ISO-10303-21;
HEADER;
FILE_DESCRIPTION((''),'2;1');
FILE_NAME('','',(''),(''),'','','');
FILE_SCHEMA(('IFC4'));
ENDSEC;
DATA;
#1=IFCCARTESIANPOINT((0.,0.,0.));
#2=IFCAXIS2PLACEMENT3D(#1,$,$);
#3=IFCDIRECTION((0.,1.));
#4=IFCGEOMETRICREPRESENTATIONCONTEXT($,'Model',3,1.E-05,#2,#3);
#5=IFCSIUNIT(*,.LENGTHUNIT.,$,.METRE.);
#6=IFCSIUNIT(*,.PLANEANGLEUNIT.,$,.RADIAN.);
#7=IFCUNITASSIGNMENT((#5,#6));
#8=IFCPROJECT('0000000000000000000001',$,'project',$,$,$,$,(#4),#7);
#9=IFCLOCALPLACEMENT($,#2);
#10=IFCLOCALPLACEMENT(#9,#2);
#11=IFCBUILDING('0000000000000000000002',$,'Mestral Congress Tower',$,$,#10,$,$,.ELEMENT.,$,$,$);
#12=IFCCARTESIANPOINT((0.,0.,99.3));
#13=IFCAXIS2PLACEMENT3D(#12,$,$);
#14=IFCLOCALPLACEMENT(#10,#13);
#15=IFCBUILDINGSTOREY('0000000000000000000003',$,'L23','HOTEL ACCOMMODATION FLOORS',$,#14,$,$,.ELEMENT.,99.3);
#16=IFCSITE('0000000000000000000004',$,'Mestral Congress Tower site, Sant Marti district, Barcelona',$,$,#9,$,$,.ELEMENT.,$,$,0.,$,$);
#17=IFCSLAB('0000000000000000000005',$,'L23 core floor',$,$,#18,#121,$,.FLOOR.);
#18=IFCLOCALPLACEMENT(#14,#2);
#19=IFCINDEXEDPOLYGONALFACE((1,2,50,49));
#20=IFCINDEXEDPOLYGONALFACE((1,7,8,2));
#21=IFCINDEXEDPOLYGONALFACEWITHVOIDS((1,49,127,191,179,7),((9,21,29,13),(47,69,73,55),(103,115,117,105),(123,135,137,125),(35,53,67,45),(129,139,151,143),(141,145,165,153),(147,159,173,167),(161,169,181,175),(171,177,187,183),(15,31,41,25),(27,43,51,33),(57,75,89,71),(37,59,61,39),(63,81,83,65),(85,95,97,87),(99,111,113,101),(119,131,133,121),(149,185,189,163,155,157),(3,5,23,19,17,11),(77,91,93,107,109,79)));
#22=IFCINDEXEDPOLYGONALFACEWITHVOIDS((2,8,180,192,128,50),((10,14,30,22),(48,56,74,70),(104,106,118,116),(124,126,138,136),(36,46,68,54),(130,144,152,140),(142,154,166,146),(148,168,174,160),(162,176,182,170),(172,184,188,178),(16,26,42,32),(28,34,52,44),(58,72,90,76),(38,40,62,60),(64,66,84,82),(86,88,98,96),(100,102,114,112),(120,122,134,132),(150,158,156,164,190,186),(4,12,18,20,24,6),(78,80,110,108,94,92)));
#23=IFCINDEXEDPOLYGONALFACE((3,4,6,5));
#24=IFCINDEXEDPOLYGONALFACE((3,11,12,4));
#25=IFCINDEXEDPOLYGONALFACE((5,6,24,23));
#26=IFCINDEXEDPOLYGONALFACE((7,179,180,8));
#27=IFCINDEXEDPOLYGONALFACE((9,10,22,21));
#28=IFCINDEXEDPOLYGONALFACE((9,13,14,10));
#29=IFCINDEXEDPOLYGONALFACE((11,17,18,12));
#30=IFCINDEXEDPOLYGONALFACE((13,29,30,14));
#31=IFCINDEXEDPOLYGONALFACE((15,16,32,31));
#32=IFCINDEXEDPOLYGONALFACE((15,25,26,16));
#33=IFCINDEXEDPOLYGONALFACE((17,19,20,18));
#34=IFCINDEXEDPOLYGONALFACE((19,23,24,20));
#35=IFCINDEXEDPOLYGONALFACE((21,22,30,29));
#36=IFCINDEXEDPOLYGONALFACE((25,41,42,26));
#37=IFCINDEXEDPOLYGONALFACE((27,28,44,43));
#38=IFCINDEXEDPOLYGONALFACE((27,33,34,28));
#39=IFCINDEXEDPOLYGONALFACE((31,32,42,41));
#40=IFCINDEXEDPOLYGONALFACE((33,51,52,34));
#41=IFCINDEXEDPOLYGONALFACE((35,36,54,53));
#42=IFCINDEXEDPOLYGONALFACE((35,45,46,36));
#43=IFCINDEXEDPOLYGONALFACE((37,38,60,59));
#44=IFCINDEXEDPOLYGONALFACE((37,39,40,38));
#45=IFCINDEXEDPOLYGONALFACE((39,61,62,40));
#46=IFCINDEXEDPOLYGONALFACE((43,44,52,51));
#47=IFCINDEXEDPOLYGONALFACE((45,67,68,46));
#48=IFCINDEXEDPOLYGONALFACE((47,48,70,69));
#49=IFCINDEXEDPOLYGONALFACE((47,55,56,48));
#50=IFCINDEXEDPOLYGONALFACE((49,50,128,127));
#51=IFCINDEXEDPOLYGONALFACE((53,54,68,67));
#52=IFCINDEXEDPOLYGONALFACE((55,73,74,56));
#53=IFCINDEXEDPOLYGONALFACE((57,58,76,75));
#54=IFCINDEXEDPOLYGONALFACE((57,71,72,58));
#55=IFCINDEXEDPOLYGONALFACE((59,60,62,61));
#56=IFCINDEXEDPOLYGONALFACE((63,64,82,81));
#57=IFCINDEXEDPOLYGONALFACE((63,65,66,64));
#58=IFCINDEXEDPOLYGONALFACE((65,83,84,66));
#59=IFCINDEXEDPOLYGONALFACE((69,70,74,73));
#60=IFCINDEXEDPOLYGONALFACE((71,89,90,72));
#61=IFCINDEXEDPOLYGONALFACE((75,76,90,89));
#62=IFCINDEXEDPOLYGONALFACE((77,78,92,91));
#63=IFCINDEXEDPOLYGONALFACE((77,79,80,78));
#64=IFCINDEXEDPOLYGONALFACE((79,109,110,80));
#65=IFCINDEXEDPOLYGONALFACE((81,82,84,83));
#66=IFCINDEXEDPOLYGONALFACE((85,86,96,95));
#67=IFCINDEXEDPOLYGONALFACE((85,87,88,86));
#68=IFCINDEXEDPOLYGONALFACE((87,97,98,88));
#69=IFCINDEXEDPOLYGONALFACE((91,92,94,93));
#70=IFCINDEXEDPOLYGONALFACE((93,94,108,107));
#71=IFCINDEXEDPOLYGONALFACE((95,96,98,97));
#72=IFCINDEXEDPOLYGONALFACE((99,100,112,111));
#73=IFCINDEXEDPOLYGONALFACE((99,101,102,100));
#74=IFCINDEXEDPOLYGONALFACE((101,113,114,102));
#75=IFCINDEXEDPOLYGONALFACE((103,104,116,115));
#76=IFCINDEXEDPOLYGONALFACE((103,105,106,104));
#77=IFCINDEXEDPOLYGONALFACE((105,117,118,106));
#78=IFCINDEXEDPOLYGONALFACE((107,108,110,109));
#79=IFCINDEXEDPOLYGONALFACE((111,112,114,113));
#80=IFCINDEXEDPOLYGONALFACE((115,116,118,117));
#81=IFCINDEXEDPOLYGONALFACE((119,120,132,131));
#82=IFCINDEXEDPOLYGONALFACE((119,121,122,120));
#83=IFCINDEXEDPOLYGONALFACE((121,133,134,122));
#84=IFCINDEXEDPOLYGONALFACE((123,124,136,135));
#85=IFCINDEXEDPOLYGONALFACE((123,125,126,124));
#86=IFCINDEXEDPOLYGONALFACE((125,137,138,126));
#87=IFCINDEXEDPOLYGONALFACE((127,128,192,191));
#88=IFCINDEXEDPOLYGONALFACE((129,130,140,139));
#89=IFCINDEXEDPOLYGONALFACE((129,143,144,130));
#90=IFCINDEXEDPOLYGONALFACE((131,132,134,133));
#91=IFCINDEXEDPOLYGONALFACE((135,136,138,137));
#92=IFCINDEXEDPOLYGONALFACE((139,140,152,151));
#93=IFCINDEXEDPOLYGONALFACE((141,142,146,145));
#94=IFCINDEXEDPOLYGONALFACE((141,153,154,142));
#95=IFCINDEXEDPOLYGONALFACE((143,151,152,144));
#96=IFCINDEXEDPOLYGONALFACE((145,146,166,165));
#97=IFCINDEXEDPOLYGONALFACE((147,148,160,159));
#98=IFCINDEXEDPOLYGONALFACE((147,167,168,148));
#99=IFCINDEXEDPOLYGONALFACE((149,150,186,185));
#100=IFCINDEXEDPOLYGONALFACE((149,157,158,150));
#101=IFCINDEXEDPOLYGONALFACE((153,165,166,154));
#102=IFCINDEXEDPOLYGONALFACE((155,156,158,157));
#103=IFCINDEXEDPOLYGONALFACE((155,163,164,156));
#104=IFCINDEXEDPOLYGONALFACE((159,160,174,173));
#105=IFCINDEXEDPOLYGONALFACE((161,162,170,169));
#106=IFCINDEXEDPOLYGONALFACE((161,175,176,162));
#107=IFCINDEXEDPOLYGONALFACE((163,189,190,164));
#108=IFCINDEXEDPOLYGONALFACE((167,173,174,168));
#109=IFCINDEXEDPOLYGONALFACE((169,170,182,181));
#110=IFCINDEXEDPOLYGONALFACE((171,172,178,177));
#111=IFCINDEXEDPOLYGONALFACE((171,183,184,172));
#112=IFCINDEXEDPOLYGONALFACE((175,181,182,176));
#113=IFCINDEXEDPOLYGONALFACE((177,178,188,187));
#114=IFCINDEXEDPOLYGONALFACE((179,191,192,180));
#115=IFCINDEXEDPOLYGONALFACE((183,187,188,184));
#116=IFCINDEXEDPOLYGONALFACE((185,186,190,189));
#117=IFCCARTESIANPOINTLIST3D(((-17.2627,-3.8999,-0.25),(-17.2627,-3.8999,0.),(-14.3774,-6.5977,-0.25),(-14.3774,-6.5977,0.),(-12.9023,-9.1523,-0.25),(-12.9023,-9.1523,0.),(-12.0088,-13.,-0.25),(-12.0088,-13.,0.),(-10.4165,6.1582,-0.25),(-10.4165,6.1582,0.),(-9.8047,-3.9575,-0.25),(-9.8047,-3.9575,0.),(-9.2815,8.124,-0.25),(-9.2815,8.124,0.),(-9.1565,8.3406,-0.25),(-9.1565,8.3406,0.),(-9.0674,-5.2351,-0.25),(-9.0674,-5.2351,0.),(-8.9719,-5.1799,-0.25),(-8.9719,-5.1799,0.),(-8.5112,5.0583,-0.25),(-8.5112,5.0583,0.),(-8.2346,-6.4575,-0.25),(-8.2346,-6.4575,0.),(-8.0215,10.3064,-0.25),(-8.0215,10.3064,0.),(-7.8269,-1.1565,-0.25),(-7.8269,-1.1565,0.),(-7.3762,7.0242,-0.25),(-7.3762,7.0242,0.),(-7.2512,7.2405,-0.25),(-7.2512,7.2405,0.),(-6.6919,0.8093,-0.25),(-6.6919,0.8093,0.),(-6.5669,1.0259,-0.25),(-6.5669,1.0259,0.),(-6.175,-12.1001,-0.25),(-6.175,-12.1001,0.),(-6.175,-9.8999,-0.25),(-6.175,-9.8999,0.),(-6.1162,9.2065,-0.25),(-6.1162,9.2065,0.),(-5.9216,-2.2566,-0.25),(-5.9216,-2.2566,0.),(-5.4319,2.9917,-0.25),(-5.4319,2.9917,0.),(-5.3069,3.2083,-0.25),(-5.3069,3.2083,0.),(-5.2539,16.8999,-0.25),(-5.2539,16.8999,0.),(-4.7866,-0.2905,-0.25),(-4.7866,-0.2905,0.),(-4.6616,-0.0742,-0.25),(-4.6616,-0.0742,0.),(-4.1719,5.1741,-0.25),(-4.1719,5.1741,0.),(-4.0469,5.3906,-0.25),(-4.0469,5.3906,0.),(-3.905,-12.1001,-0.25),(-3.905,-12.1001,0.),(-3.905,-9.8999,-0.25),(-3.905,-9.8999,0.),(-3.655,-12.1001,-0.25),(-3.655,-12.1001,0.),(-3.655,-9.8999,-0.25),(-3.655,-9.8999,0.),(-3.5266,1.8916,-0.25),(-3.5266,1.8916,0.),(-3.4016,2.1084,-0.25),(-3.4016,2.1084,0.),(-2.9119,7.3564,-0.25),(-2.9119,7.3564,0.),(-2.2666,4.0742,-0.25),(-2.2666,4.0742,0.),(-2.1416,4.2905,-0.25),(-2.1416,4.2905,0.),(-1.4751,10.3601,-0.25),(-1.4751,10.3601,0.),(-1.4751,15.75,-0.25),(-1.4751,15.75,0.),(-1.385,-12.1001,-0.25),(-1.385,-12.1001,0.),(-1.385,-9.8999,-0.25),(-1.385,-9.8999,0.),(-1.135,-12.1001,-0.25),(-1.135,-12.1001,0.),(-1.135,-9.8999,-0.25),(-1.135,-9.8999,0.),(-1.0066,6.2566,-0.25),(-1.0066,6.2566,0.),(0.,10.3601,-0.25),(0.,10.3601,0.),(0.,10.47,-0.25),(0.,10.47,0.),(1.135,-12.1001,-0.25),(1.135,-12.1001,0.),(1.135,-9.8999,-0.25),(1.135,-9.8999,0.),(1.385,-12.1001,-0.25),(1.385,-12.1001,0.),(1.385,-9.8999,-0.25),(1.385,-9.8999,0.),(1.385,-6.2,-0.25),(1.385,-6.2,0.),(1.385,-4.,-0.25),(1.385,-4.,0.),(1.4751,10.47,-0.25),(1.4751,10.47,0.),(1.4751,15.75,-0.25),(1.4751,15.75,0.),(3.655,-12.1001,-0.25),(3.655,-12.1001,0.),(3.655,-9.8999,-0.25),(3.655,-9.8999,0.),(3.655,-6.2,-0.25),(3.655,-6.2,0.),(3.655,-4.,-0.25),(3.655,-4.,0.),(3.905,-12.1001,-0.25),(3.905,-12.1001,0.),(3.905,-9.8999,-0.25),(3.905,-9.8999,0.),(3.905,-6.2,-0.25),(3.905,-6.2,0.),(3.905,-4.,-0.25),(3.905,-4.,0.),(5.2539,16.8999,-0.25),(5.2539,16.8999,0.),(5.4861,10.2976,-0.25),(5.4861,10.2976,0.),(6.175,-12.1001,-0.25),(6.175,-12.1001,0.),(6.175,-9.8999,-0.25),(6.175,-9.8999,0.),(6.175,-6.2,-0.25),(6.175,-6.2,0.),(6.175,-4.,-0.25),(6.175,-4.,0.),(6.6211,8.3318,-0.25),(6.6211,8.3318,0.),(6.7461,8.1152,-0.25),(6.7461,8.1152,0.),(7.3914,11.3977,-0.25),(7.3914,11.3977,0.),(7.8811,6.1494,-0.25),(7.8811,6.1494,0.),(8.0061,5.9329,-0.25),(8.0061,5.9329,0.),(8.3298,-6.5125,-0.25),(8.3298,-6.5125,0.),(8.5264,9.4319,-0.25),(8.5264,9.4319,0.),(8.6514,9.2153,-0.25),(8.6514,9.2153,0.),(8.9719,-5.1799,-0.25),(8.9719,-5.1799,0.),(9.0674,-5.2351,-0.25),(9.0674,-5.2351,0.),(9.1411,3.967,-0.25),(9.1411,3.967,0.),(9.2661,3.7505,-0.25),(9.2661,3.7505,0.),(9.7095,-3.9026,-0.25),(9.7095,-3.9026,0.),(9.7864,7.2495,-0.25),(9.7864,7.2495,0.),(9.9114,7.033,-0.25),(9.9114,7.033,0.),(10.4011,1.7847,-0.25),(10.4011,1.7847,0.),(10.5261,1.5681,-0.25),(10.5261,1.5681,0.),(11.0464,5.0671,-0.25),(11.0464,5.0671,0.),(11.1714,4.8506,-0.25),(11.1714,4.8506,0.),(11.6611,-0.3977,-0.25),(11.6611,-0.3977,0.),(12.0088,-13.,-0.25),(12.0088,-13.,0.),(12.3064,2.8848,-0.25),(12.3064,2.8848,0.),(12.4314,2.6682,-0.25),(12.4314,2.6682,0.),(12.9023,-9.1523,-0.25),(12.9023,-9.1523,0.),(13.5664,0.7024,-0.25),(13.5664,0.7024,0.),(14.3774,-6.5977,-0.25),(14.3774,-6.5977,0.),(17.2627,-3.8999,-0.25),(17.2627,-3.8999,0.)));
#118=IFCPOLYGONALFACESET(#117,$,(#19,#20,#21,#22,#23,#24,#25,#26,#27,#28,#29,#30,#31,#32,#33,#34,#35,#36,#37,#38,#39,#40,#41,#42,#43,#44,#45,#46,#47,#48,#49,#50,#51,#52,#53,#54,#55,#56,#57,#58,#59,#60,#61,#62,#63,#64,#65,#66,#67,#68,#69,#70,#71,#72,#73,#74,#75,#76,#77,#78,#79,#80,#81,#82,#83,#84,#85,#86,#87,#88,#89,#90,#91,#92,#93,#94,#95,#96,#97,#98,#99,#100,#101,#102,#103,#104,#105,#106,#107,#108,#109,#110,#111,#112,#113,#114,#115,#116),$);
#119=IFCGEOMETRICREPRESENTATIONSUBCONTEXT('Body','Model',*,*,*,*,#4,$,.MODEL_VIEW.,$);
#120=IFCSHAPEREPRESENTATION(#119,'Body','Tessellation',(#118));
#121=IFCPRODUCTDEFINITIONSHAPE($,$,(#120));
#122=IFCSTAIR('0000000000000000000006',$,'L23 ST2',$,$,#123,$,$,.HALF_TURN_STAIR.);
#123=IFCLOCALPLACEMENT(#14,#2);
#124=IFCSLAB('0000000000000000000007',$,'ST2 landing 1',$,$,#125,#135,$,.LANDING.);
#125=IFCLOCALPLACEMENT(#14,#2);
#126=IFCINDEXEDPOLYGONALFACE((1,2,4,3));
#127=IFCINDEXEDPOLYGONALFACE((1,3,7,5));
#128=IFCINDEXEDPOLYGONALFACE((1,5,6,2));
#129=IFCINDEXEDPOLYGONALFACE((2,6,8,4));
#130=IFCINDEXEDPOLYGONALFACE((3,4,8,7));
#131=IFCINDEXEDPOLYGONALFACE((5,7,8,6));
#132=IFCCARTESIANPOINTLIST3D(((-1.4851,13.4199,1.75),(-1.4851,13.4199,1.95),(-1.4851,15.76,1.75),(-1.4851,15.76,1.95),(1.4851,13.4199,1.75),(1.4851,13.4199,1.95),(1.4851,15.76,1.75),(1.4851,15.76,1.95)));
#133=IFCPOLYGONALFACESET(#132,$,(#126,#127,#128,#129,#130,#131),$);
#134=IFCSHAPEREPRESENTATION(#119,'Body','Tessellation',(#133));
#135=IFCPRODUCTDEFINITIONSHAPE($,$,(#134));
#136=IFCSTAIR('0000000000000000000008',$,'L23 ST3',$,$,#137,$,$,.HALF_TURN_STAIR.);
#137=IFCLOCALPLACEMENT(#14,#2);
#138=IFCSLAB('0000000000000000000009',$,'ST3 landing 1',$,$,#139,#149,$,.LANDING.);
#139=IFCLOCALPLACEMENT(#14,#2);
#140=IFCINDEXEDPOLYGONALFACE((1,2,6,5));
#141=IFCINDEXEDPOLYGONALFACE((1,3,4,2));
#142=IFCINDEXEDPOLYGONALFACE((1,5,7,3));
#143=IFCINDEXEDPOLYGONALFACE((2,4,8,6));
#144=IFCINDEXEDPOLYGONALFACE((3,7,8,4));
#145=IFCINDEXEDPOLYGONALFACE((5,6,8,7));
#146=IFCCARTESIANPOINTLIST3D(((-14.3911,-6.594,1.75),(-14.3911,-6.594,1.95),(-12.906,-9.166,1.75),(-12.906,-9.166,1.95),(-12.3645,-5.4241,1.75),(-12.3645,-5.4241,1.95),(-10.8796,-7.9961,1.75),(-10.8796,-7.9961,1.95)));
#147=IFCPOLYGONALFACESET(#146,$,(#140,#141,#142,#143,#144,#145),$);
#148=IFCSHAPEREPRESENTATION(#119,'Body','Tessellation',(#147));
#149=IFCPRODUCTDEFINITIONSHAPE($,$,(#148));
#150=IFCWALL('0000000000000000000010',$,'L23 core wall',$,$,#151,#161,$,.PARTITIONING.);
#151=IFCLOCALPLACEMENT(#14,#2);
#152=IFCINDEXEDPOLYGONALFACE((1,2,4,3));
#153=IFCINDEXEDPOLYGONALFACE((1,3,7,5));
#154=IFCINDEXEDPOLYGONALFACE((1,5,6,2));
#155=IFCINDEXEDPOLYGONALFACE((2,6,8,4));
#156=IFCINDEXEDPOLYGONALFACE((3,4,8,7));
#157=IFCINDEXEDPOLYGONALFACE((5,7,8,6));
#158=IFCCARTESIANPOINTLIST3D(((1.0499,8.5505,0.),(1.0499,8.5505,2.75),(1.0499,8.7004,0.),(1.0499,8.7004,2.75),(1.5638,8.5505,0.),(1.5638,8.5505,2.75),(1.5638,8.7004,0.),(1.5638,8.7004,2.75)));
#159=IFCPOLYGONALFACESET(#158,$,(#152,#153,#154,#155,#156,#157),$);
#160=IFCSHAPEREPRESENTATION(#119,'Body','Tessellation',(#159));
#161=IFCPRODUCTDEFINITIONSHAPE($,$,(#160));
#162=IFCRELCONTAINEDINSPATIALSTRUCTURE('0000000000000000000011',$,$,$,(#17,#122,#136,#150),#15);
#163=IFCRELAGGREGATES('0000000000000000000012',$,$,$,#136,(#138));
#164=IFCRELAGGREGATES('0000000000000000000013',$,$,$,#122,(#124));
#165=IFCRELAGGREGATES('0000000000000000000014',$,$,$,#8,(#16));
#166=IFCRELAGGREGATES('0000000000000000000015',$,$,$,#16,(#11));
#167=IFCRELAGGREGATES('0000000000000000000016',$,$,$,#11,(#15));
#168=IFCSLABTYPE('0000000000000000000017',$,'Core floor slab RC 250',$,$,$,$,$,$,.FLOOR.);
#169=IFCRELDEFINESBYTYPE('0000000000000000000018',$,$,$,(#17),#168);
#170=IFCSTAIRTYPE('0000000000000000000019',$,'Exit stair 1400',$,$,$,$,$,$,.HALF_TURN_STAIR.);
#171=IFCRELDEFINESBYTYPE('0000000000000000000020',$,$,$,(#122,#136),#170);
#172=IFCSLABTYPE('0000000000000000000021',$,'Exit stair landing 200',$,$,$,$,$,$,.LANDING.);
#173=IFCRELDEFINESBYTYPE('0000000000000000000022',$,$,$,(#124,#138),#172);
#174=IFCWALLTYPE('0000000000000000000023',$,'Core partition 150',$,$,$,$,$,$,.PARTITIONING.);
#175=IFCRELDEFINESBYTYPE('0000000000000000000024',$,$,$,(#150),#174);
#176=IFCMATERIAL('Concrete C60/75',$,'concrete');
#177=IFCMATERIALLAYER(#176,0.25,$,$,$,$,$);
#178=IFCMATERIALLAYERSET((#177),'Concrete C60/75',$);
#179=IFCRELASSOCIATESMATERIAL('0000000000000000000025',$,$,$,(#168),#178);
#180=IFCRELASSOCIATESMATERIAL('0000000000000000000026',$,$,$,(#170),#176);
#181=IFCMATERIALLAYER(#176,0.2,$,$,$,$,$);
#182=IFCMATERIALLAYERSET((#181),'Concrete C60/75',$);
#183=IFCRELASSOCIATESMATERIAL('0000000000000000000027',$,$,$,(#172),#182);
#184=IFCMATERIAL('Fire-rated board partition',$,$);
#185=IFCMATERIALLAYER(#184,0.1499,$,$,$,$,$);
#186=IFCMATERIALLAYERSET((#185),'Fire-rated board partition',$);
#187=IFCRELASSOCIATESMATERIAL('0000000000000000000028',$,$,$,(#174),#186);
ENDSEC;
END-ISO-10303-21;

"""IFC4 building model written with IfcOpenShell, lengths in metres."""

from ifc_helpers import new_model, si_unit, direction, frame, frame_2d, origin, place, context, subcontext, project, spatial, polyline, rectangle, outline, extrude, material, layer, layer_set, type_object, element, aggregate, save


model = new_model("IFC4")

# Units and contexts
model_context = context("Model", 3, precision=1e-05, world=origin(), true_north=direction((0.0, 1.0)))
body_context = subcontext(model_context, "Body", "Model", "MODEL_VIEW")
ifc_project = project(units=[si_unit("LENGTHUNIT", "METRE"), si_unit("PLANEANGLEUNIT", "RADIAN")], contexts=[model_context])

# Site, building, storey
site_placement = place(None, origin())
site = spatial("IfcSite", under=ifc_project, at=site_placement, Name="Mestral Congress Tower site, Sant Marti district, Barcelona", CompositionType="ELEMENT", RefElevation=0.0)
building_placement = place(site_placement, origin())
building = spatial("IfcBuilding", under=site, at=building_placement, Name="Mestral Congress Tower", CompositionType="ELEMENT")
storey_placement = place(building_placement, frame((0.0, 0.0, 99.3)))
storey = spatial("IfcBuildingStorey", under=building, at=storey_placement, Name="L23", Description="HOTEL ACCOMMODATION FLOORS", CompositionType="ELEMENT", Elevation=99.3)

# Slab
ifc_material_1 = material(Name="Concrete C60/75", Category="concrete")
ifc_layer_1 = layer(ifc_material_1, 0.25)
ifc_layer_set_1 = layer_set([ifc_layer_1], Name="Concrete C60/75")
slab_type_1 = type_object("IfcSlabType", Name="Core floor slab RC 250", PredefinedType="FLOOR", material=ifc_layer_set_1)
slab_1_placement = place(storey_placement, frame((0.0, 0.0, -0.25)))
element("IfcSlab", 1, at=slab_1_placement, inside=storey, type_object=slab_type_1, Name="L23 core floor", PredefinedType="FLOOR", context=body_context, shape_type="SweptSolid", body=[
    extrude(outline(polyline([(12.0088, -13.0), (-12.0088, -13.0), (-17.2627, -3.8999), (-5.2539, 16.8999), (5.2539, 16.8999), (17.2627, -3.8999), (12.0088, -13.0)]), holes=[polyline([(-3.905, -9.8999), (-6.175, -9.8999), (-6.175, -12.1001), (-3.905, -12.1001), (-3.905, -9.8999)]), polyline([(-1.385, -9.8999), (-3.655, -9.8999), (-3.655, -12.1001), (-1.385, -12.1001), (-1.385, -9.8999)]), polyline([(1.135, -9.8999), (-1.135, -9.8999), (-1.135, -12.1001), (1.135, -12.1001), (1.135, -9.8999)]), polyline([(-9.0674, -5.2351), (-9.8047, -3.9575), (-14.3774, -6.5977), (-12.9023, -9.1523), (-8.2346, -6.4575), (-8.9719, -5.1799), (-9.0674, -5.2351)]), polyline([(-7.8269, -1.1565), (-5.9216, -2.2566), (-4.7866, -0.2905), (-6.6919, 0.8093), (-7.8269, -1.1565)]), polyline([(-4.6616, -0.0742), (-3.5266, 1.8916), (-5.4319, 2.9917), (-6.5669, 1.0259), (-4.6616, -0.0742)]), polyline([(-3.4016, 2.1084), (-2.2666, 4.0742), (-4.1719, 5.1741), (-5.3069, 3.2083), (-3.4016, 2.1084)]), polyline([(-2.1416, 4.2905), (-1.0066, 6.2566), (-2.9119, 7.3564), (-4.0469, 5.3906), (-2.1416, 4.2905)]), polyline([(-10.4165, 6.1582), (-8.5112, 5.0583), (-7.3762, 7.0242), (-9.2815, 8.124), (-10.4165, 6.1582)]), polyline([(-9.1565, 8.3406), (-7.2512, 7.2405), (-6.1162, 9.2065), (-8.0215, 10.3064), (-9.1565, 8.3406)]), polyline([(1.4751, 10.47), (1.4751, 15.75), (-1.4751, 15.75), (-1.4751, 10.3601), (0.0, 10.3601), (0.0, 10.47), (1.4751, 10.47)]), polyline([(3.655, -9.8999), (1.385, -9.8999), (1.385, -12.1001), (3.655, -12.1001), (3.655, -9.8999)]), polyline([(6.175, -9.8999), (3.905, -9.8999), (3.905, -12.1001), (6.175, -12.1001), (6.175, -9.8999)]), polyline([(9.0674, -5.2351), (8.3298, -6.5125), (12.9023, -9.1523), (14.3774, -6.5977), (9.7095, -3.9026), (8.9719, -5.1799), (9.0674, -5.2351)]), polyline([(3.655, -6.2), (3.655, -4.0), (1.385, -4.0), (1.385, -6.2), (3.655, -6.2)]), polyline([(6.175, -4.0), (3.905, -4.0), (3.905, -6.2), (6.175, -6.2), (6.175, -4.0)]), polyline([(12.4314, 2.6682), (10.5261, 1.5681), (11.6611, -0.3977), (13.5664, 0.7024), (12.4314, 2.6682)]), polyline([(11.1714, 4.8506), (9.2661, 3.7505), (10.4011, 1.7847), (12.3064, 2.8848), (11.1714, 4.8506)]), polyline([(8.0061, 5.9329), (9.1411, 3.967), (11.0464, 5.0671), (9.9114, 7.033), (8.0061, 5.9329)]), polyline([(8.6514, 9.2153), (6.7461, 8.1152), (7.8811, 6.1494), (9.7864, 7.2495), (8.6514, 9.2153)]), polyline([(7.3914, 11.3977), (5.4861, 10.2976), (6.6211, 8.3318), (8.5264, 9.4319), (7.3914, 11.3977)])]), origin(), (0.0, 0.0, 1.0), 0.25),
])

# Stairs, slabs
stair_type = type_object("IfcStairType", Name="Exit stair 1400", PredefinedType="HALF_TURN_STAIR", material=ifc_material_1)
placement_1 = place(storey_placement, origin())
stair_1 = element("IfcStair", 2, at=placement_1, inside=storey, type_object=stair_type, Name="L23 ST2", PredefinedType="HALF_TURN_STAIR")
ifc_layer_2 = layer(ifc_material_1, 0.2)
ifc_layer_set_2 = layer_set([ifc_layer_2], Name="Concrete C60/75")
slab_type_2 = type_object("IfcSlabType", Name="Exit stair landing 200", PredefinedType="LANDING", material=ifc_layer_set_2)
placement_2 = place(storey_placement, frame((0.0, 0.0, 1.75)))
slab_2 = element("IfcSlab", 3, at=placement_2, type_object=slab_type_2, Name="ST2 landing 1", PredefinedType="LANDING", context=body_context, shape_type="SweptSolid", body=[
    extrude(outline(polyline([(1.4851, 13.4199), (-1.4851, 13.4199), (-1.4851, 15.76), (1.4851, 15.76), (1.4851, 13.4199)])), origin(), (0.0, 0.0, 1.0), 0.2),
])
stair_2 = element("IfcStair", 4, at=placement_1, inside=storey, type_object=stair_type, Name="L23 ST3", PredefinedType="HALF_TURN_STAIR")
slab_3 = element("IfcSlab", 5, at=placement_2, type_object=slab_type_2, Name="ST3 landing 1", PredefinedType="LANDING", context=body_context, shape_type="SweptSolid", body=[
    extrude(outline(polyline([(-12.3645, -5.4241), (-10.8796, -7.9961), (-12.906, -9.166), (-14.3911, -6.594), (-12.3645, -5.4241)])), origin(), (0.0, 0.0, 1.0), 0.2),
])
aggregate(stair_2, [slab_3])

# Wall
ifc_material_2 = material(Name="Fire-rated board partition")
ifc_layer_3 = layer(ifc_material_2, 0.1499)
ifc_layer_set_3 = layer_set([ifc_layer_3], Name="Fire-rated board partition")
wall_type_1 = type_object("IfcWallType", Name="Core partition 150", PredefinedType="PARTITIONING", material=ifc_layer_set_3)
wall_1_placement = place(storey_placement, frame((1.05, 8.6255, 0.0), z_axis=(0.0, 0.0, 1.0), x_axis=(1.0, 0.0, 0.0)))
element("IfcWall", 6, at=wall_1_placement, inside=storey, type_object=wall_type_1, Name="L23 core wall", PredefinedType="PARTITIONING", context=body_context, shape_type="SweptSolid", body=[
    extrude(rectangle(XDim=0.5139, YDim=0.1499, at=frame_2d((0.2568, 0.0))), origin(), (0.0, 0.0, 1.0), 2.75),
])

aggregate(stair_1, [slab_2])

save(model, "model.ifc")
